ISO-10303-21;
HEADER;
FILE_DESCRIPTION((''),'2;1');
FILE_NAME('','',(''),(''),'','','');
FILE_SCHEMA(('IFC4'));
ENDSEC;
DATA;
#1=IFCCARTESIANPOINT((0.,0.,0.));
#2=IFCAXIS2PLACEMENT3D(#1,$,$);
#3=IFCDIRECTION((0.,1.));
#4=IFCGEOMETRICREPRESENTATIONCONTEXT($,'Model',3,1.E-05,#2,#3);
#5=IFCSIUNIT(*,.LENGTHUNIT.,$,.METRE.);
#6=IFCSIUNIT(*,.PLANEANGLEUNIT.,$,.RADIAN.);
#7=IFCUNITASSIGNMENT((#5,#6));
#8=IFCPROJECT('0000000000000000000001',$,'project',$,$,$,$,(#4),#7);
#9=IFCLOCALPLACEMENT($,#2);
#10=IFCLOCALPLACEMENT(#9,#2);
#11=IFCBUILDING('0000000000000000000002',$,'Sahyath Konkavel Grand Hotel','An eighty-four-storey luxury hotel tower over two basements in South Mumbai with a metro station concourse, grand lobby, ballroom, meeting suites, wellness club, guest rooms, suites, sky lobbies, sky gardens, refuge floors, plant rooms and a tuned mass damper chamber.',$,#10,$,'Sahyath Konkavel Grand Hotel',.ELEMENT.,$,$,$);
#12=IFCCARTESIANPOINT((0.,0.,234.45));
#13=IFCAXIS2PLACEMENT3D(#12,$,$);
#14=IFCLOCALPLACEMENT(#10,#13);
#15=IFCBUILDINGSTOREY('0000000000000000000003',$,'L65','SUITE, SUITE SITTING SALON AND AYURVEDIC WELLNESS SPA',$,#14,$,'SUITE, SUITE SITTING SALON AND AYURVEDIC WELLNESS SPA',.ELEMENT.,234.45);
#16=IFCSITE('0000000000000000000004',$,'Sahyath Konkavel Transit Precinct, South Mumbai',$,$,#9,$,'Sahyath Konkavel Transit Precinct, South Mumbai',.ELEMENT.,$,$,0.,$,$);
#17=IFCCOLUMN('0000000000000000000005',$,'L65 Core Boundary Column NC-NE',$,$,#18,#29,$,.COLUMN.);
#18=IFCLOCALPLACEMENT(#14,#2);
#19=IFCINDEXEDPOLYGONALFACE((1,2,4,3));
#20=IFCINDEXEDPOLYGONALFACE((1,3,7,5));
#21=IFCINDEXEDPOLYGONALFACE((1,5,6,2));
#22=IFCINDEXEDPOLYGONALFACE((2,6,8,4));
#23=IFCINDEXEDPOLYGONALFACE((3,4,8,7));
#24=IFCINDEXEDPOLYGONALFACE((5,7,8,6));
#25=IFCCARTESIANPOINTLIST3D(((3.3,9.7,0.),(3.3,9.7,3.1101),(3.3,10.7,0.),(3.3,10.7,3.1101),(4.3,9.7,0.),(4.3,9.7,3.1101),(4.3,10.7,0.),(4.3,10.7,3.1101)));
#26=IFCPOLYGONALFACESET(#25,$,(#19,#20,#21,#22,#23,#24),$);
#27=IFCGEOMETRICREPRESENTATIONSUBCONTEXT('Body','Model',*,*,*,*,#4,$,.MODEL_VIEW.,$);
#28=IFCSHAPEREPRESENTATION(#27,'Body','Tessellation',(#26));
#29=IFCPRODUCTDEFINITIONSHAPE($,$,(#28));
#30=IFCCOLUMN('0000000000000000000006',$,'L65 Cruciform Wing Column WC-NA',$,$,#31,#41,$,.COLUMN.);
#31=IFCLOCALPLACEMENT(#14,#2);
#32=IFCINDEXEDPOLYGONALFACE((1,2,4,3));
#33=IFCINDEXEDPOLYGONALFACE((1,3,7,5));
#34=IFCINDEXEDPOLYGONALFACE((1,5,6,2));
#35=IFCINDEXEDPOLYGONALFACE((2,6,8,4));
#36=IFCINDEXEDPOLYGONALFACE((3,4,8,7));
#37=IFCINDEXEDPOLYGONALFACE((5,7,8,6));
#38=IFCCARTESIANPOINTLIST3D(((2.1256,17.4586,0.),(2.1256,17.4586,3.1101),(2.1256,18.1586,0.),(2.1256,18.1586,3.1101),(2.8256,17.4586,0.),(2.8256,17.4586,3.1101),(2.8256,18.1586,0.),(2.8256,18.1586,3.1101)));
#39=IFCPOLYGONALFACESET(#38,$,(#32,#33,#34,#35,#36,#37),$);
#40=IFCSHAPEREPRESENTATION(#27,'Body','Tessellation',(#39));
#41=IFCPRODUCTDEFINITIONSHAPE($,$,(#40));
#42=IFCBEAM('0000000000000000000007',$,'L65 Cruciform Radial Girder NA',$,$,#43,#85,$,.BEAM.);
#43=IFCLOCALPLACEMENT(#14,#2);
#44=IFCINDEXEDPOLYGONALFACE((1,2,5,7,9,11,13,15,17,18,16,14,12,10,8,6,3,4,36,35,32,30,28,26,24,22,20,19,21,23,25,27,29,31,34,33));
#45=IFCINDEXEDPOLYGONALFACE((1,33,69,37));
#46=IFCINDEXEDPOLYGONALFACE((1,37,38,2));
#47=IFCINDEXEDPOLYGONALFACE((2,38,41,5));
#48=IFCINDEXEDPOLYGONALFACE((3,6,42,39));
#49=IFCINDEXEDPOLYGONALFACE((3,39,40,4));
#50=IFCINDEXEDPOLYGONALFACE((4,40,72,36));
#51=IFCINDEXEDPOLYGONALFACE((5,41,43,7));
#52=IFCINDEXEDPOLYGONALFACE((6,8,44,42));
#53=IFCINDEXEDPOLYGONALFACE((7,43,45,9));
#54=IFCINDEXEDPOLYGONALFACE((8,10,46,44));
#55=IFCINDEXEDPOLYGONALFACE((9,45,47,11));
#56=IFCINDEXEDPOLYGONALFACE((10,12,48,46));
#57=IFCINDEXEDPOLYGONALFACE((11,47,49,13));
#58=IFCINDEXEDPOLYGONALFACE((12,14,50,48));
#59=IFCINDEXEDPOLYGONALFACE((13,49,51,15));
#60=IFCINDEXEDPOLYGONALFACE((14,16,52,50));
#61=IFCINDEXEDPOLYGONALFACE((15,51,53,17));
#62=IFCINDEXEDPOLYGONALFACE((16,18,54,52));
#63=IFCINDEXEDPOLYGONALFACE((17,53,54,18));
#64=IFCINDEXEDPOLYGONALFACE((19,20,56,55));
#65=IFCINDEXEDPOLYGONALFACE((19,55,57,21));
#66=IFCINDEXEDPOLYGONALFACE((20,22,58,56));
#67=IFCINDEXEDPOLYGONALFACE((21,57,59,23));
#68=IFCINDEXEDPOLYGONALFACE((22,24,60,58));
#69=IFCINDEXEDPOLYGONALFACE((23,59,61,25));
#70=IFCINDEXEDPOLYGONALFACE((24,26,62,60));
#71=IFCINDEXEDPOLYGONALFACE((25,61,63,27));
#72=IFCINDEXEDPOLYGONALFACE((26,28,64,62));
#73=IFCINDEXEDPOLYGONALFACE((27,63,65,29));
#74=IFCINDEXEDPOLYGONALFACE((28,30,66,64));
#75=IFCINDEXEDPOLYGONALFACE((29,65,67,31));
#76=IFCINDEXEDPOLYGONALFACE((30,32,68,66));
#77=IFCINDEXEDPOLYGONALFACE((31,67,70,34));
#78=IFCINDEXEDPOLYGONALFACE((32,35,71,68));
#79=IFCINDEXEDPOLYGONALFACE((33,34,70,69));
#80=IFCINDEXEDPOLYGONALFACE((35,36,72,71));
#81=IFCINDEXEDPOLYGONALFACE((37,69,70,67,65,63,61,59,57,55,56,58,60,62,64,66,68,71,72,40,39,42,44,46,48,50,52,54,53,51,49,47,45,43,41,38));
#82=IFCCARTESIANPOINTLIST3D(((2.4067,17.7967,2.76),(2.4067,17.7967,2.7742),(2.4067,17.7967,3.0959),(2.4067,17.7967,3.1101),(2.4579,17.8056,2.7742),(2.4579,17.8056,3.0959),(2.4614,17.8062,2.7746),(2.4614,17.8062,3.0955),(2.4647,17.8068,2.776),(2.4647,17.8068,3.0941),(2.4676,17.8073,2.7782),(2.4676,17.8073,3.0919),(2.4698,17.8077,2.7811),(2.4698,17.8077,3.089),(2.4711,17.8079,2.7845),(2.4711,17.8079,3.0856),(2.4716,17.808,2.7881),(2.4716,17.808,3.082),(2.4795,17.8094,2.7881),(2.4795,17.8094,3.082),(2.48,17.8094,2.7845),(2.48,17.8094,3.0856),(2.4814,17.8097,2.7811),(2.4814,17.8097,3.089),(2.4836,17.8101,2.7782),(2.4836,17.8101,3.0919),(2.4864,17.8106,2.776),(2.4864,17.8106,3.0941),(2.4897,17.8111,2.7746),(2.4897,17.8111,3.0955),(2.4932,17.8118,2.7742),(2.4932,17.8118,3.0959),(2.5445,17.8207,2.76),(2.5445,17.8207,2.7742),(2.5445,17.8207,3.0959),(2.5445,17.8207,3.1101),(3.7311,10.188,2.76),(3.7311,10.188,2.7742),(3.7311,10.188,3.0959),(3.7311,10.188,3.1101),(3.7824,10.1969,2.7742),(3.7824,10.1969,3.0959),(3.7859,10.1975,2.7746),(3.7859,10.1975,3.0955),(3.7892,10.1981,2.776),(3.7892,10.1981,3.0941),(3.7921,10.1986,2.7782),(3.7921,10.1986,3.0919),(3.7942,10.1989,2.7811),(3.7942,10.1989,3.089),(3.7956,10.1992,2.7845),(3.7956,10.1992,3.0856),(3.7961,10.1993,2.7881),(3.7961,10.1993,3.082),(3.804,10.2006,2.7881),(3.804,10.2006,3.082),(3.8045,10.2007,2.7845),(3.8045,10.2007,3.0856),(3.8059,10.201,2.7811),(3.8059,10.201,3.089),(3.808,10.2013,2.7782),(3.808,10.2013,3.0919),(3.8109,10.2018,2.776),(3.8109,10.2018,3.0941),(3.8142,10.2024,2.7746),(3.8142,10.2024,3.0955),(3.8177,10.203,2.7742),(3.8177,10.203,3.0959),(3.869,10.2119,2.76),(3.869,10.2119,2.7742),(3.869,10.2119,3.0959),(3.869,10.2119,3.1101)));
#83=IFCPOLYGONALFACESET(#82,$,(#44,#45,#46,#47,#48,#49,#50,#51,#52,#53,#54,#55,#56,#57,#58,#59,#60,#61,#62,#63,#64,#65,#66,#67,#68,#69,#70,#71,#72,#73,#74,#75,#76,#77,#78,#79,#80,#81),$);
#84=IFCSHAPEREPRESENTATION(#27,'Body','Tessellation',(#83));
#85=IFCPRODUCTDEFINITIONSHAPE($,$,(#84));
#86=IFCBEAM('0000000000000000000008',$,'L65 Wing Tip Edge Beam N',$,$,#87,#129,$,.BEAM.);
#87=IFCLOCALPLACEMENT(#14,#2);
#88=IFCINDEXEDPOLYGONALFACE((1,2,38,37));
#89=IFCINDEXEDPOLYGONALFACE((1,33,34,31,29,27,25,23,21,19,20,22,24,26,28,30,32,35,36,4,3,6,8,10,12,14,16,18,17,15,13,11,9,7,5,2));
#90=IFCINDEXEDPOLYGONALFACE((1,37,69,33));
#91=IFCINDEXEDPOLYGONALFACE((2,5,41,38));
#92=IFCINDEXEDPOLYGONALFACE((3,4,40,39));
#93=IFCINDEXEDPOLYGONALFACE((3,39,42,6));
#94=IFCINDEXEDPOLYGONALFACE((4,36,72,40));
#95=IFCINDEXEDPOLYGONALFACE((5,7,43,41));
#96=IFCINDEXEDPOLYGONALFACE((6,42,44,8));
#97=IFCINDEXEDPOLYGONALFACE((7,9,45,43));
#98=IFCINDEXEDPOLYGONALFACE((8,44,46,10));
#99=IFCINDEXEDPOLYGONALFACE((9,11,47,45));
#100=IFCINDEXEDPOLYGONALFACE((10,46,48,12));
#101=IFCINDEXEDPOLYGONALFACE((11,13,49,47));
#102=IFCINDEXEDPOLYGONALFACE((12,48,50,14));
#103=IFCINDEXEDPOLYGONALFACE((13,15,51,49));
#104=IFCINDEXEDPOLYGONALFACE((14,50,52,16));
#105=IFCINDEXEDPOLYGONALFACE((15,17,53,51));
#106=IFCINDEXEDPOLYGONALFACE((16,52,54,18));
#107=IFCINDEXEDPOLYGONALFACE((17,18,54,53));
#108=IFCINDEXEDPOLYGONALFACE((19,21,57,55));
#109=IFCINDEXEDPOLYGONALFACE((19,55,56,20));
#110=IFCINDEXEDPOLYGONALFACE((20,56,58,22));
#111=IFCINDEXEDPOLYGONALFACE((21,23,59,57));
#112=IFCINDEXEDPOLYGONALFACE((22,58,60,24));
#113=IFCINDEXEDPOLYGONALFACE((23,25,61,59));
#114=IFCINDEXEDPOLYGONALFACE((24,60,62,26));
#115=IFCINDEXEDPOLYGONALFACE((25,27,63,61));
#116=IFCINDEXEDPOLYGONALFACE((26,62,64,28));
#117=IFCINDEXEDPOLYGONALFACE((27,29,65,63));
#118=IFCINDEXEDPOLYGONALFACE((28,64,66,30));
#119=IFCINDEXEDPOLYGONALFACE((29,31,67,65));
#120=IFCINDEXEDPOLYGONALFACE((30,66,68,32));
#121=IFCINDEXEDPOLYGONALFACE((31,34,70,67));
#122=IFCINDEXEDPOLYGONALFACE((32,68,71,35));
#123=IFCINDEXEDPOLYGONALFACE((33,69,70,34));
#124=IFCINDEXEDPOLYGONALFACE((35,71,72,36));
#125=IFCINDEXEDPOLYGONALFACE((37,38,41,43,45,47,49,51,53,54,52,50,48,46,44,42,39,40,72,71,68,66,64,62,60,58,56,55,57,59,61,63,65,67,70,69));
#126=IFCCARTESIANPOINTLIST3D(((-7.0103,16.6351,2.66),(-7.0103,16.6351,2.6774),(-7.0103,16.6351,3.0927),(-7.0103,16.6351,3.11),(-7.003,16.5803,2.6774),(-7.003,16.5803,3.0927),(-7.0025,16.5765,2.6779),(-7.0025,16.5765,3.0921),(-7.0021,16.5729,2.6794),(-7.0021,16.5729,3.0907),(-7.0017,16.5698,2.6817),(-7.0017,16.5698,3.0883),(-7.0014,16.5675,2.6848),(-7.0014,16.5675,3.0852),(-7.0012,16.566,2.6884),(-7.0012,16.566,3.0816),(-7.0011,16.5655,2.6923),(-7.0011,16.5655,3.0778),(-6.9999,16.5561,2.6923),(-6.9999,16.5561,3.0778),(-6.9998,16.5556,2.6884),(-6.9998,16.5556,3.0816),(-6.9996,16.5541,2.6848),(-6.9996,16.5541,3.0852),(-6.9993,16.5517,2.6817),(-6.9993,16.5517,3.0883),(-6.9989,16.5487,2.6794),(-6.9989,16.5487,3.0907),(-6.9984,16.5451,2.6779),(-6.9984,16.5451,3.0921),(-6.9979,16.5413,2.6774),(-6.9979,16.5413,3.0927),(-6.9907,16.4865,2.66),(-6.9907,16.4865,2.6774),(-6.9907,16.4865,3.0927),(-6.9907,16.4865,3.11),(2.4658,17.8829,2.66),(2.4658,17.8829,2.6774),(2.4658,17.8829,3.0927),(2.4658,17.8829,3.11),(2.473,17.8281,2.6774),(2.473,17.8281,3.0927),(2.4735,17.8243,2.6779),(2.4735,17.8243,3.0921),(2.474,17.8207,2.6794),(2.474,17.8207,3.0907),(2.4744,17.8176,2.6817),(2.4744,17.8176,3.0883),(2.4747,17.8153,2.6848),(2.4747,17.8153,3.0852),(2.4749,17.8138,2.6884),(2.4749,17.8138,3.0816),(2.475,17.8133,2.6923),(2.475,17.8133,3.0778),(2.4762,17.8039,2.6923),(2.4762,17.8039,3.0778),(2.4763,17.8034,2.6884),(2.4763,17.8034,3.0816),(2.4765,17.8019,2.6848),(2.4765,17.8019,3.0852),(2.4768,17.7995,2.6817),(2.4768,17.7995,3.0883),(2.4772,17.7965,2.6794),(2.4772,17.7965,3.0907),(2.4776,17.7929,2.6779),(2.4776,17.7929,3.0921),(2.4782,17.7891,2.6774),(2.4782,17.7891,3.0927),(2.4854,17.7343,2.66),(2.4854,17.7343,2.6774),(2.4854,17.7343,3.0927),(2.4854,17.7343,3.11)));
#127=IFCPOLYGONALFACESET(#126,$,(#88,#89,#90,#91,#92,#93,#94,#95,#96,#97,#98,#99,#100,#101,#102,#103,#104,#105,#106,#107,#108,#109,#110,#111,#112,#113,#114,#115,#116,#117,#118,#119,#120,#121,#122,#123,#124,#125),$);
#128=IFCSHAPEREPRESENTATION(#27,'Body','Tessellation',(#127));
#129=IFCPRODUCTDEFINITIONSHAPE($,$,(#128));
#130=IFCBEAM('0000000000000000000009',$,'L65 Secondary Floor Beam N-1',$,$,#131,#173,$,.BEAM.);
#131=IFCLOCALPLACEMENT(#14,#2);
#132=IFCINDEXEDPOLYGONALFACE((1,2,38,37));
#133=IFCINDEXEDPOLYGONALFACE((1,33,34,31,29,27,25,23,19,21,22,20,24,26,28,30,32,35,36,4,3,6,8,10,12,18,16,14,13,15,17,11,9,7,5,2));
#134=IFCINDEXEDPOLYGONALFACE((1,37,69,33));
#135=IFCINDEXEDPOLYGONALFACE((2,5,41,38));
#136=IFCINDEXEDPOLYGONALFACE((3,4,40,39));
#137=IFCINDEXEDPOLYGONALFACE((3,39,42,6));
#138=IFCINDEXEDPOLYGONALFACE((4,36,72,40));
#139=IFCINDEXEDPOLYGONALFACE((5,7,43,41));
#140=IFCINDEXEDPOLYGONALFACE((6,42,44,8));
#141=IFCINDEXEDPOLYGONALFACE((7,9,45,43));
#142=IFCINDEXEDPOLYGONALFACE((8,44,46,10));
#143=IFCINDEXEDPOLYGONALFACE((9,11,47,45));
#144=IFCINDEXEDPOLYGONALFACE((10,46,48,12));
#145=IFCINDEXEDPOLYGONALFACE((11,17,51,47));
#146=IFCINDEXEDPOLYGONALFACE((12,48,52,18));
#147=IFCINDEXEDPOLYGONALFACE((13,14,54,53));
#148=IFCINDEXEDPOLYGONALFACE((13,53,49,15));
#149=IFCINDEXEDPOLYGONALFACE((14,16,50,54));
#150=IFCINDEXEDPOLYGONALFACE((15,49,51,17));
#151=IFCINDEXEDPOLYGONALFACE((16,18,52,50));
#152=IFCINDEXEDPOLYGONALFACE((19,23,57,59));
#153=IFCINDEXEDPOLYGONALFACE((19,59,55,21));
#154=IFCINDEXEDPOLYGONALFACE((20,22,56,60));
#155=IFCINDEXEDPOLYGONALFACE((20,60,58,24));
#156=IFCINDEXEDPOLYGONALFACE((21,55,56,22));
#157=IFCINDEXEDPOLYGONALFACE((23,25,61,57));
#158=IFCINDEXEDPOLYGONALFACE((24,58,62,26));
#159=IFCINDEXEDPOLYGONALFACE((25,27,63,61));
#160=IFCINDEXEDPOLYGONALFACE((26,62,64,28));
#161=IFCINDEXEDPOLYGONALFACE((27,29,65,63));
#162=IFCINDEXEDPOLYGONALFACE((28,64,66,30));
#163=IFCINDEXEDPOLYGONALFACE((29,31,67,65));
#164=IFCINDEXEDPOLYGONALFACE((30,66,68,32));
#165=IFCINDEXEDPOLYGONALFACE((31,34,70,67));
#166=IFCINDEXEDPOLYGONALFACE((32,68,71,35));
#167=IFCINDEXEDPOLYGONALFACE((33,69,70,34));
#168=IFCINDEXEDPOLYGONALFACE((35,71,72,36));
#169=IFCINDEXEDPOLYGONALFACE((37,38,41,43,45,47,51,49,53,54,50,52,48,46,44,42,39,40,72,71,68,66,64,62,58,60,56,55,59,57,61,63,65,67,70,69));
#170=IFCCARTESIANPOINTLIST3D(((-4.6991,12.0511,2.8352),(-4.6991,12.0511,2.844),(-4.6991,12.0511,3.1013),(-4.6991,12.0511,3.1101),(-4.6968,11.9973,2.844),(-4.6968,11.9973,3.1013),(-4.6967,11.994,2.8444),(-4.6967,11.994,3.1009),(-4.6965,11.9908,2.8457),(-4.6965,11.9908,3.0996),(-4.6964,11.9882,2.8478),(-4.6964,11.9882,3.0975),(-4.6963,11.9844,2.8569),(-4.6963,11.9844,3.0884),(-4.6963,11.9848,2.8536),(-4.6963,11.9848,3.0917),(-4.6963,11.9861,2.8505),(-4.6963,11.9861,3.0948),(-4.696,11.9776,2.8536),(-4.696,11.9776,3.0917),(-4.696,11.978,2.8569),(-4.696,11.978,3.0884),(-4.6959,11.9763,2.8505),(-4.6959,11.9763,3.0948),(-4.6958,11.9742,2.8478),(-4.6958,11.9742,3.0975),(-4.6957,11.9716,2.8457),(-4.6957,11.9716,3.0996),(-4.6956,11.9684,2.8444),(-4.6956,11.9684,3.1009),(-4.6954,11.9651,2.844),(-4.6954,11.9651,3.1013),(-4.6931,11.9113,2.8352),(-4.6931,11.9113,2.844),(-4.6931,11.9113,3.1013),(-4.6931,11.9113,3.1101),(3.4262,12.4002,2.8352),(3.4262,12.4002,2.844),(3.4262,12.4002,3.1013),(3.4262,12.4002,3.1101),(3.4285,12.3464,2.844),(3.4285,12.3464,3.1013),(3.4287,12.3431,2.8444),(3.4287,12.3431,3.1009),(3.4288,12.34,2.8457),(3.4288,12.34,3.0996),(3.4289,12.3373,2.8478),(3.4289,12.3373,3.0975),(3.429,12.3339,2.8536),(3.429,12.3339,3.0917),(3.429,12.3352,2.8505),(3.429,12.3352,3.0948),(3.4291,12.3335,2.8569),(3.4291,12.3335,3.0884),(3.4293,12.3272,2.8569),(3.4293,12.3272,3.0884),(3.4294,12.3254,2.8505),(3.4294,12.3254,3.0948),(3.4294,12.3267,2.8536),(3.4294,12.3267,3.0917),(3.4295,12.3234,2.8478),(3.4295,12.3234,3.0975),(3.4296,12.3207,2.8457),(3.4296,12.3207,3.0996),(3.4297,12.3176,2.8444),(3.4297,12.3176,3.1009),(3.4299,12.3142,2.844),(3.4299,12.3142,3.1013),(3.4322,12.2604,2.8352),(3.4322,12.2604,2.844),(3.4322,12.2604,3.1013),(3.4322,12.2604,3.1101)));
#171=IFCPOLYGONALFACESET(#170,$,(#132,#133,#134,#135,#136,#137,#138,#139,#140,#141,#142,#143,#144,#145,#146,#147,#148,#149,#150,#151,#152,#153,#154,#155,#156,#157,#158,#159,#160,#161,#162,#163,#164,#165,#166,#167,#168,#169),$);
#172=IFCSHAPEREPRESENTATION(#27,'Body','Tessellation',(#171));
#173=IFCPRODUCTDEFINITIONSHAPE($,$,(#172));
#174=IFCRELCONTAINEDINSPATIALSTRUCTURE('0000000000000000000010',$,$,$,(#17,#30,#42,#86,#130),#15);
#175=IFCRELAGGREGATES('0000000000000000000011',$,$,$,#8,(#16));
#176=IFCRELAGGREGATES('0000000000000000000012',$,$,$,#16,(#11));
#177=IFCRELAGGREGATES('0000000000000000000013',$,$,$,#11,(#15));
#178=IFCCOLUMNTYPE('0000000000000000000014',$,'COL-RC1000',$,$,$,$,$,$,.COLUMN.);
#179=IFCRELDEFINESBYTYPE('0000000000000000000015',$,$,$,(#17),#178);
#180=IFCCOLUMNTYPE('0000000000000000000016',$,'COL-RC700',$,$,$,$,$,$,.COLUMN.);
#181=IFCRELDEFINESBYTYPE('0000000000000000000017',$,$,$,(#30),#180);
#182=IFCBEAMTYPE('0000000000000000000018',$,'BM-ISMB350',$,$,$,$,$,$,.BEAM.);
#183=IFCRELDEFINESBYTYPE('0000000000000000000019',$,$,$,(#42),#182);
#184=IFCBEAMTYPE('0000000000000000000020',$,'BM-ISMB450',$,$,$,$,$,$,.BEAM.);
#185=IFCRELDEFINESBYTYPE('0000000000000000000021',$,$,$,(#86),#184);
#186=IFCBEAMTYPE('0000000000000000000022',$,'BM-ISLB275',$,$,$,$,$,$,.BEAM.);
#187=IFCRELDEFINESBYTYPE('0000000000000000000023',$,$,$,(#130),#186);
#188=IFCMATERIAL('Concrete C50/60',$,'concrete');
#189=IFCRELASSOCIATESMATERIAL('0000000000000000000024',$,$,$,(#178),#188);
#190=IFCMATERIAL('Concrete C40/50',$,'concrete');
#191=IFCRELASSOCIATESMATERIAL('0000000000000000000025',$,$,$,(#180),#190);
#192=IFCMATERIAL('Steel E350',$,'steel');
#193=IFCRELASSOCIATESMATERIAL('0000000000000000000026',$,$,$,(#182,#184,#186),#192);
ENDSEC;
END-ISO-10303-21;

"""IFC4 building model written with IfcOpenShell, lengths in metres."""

from ifc_helpers import new_model, si_unit, direction, frame, origin, origin_2d, place, context, subcontext, project, spatial, rectangle, i_section, extrude, source, transform, mapped, material, material_profile, profile_set, type_object, element, save


model = new_model("IFC4")

# Units and contexts
model_context = context("Model", 3, precision=1e-05, world=origin(), true_north=direction((0.0, 1.0)))
body_context = subcontext(model_context, "Body", "Model", "MODEL_VIEW")
ifc_project = project(units=[si_unit("LENGTHUNIT", "METRE"), si_unit("PLANEANGLEUNIT", "RADIAN")], contexts=[model_context])

# Site, building, storey
site_placement = place(None, origin())
site = spatial("IfcSite", under=ifc_project, at=site_placement, Name="Sahyath Konkavel Transit Precinct, South Mumbai", LongName="Sahyath Konkavel Transit Precinct, South Mumbai", CompositionType="ELEMENT", RefElevation=0.0)
building_placement = place(site_placement, origin())
building = spatial("IfcBuilding", under=site, at=building_placement, Name="Sahyath Konkavel Grand Hotel", Description="An eighty-four-storey luxury hotel tower over two basements in South Mumbai with a metro station concourse, grand lobby, ballroom, meeting suites, wellness club, guest rooms, suites, sky lobbies, sky gardens, refuge floors, plant rooms and a tuned mass damper chamber.", LongName="Sahyath Konkavel Grand Hotel", CompositionType="ELEMENT")
storey_placement = place(building_placement, frame((0.0, 0.0, 234.45)))
storey = spatial("IfcBuildingStorey", under=building, at=storey_placement, Name="L65", Description="SUITE, SUITE SITTING SALON AND AYURVEDIC WELLNESS SPA", LongName="SUITE, SUITE SITTING SALON AND AYURVEDIC WELLNESS SPA", CompositionType="ELEMENT", Elevation=234.45)

# Columns
ifc_material_1 = material(Name="Concrete C50/60", Category="concrete")
ifc_material_profile_1 = material_profile(ifc_material_1, rectangle(XDim=1.0, YDim=1.0, at=origin_2d()), Name="RC 1000x1000")
ifc_profile_set_1 = profile_set([ifc_material_profile_1], Name="Concrete C50/60")
column_type_1 = type_object("IfcColumnType", Name="COL-RC1000", PredefinedType="COLUMN", material=ifc_profile_set_1)
shared_shape_1 = source(origin(), body_context, "Body", "SweptSolid", [
    extrude(rectangle(XDim=1.0, YDim=1.0, at=origin_2d()), origin(), (0.0, 0.0, 1.0), 3.1101),
])
column_1_placement = place(storey_placement, frame((3.8, 10.2, 0.0), z_axis=(0.0, 0.0, 1.0), x_axis=(1.0, 0.0, 0.0)))
element("IfcColumn", 1, at=column_1_placement, inside=storey, type_object=column_type_1, Name="L65 Core Boundary Column NC-NE", PredefinedType="COLUMN", context=body_context, shape_type="MappedRepresentation", body=[
    mapped(shared_shape_1, transform((0.0, 0.0, 0.0), scale=1.0)),
])
ifc_material_2 = material(Name="Concrete C40/50", Category="concrete")
ifc_material_profile_2 = material_profile(ifc_material_2, rectangle(XDim=0.7, YDim=0.7, at=origin_2d()), Name="RC 700x700")
ifc_profile_set_2 = profile_set([ifc_material_profile_2], Name="Concrete C40/50")
column_type_2 = type_object("IfcColumnType", Name="COL-RC700", PredefinedType="COLUMN", material=ifc_profile_set_2)
shared_shape_2 = source(origin(), body_context, "Body", "SweptSolid", [
    extrude(rectangle(XDim=0.7, YDim=0.7, at=origin_2d()), origin(), (0.0, 0.0, 1.0), 3.1101),
])
column_2_placement = place(storey_placement, frame((2.4756, 17.8086, 0.0), z_axis=(0.0, 0.0, 1.0), x_axis=(1.0, 0.0, 0.0)))
element("IfcColumn", 2, at=column_2_placement, inside=storey, type_object=column_type_2, Name="L65 Cruciform Wing Column WC-NA", PredefinedType="COLUMN", context=body_context, shape_type="MappedRepresentation", body=[
    mapped(shared_shape_2, transform((0.0, 0.0, 0.0), scale=1.0)),
])

# Beams
ifc_material_3 = material(Name="Steel E350", Category="steel")
ifc_material_profile_3 = material_profile(ifc_material_3, i_section(OverallWidth=0.1399, OverallDepth=0.3501, WebThickness=0.0081, FlangeThickness=0.0142, FilletRadius=0.0139, at=origin_2d()), Name="ISMB 350")
ifc_profile_set_3 = profile_set([ifc_material_profile_3], Name="Steel E350")
beam_type_1 = type_object("IfcBeamType", Name="BM-ISMB350", PredefinedType="BEAM", material=ifc_profile_set_3)
shared_shape_3 = source(origin(), body_context, "Body", "SweptSolid", [
    extrude(i_section(OverallWidth=0.1399, OverallDepth=0.3501, WebThickness=0.0081, FlangeThickness=0.0142, FilletRadius=0.0139, at=origin_2d()), origin(), (0.0, 0.0, 1.0), 7.7231),
])
beam_1_placement = place(storey_placement, frame((3.8, 10.2, 2.9351), z_axis=(-0.171495, 0.985185, 0.0), x_axis=(-0.985185, -0.171495, 0.0)))
element("IfcBeam", 3, at=beam_1_placement, inside=storey, type_object=beam_type_1, Name="L65 Cruciform Radial Girder NA", PredefinedType="BEAM", context=body_context, shape_type="MappedRepresentation", body=[
    mapped(shared_shape_3, transform((0.0, 0.0, 0.0), scale=1.0)),
])
ifc_material_profile_4 = material_profile(ifc_material_3, i_section(OverallWidth=0.1499, OverallDepth=0.45, WebThickness=0.0095, FlangeThickness=0.0173, FilletRadius=0.0149, at=origin_2d()), Name="ISMB 450")
ifc_profile_set_4 = profile_set([ifc_material_profile_4], Name="Steel E350")
beam_type_2 = type_object("IfcBeamType", Name="BM-ISMB450", PredefinedType="BEAM", material=ifc_profile_set_4)
shared_shape_4 = source(origin(), body_context, "Body", "SweptSolid", [
    extrude(i_section(OverallWidth=0.1499, OverallDepth=0.45, WebThickness=0.0095, FlangeThickness=0.0173, FilletRadius=0.0149, at=origin_2d()), origin(), (0.0, 0.0, 1.0), 9.5579),
])
beam_2_placement = place(storey_placement, frame((2.4756, 17.8086, 2.885), z_axis=(-0.991441, -0.130552, 0.0), x_axis=(0.130552, -0.991441, 0.0)))
element("IfcBeam", 4, at=beam_2_placement, inside=storey, type_object=beam_type_2, Name="L65 Wing Tip Edge Beam N", PredefinedType="BEAM", context=body_context, shape_type="MappedRepresentation", body=[
    mapped(shared_shape_4, transform((0.0, 0.0, 0.0), scale=1.0)),
])
ifc_material_profile_5 = material_profile(ifc_material_3, i_section(OverallWidth=0.1399, OverallDepth=0.2749, WebThickness=0.0063, FlangeThickness=0.0088, FilletRadius=0.0129, at=origin_2d()), Name="ISLB 275")
ifc_profile_set_5 = profile_set([ifc_material_profile_5], Name="Steel E350")
beam_type_3 = type_object("IfcBeamType", Name="BM-ISLB275", PredefinedType="BEAM", material=ifc_profile_set_5)
shared_shape_5 = source(origin(), body_context, "Body", "SweptSolid", [
    extrude(i_section(OverallWidth=0.1399, OverallDepth=0.2749, WebThickness=0.0063, FlangeThickness=0.0088, FilletRadius=0.0129, at=origin_2d()), origin(), (0.0, 0.0, 1.0), 8.1328),
])
beam_3_placement = place(storey_placement, frame((3.4292, 12.3303, 2.9727), z_axis=(-0.999078, -0.042928, 0.0), x_axis=(0.042928, -0.999078, 0.0)))
element("IfcBeam", 5, at=beam_3_placement, inside=storey, type_object=beam_type_3, Name="L65 Secondary Floor Beam N-1", PredefinedType="BEAM", context=body_context, shape_type="MappedRepresentation", body=[
    mapped(shared_shape_5, transform((0.0, 0.0, 0.0), scale=1.0)),
])

save(model, "model.ifc")
